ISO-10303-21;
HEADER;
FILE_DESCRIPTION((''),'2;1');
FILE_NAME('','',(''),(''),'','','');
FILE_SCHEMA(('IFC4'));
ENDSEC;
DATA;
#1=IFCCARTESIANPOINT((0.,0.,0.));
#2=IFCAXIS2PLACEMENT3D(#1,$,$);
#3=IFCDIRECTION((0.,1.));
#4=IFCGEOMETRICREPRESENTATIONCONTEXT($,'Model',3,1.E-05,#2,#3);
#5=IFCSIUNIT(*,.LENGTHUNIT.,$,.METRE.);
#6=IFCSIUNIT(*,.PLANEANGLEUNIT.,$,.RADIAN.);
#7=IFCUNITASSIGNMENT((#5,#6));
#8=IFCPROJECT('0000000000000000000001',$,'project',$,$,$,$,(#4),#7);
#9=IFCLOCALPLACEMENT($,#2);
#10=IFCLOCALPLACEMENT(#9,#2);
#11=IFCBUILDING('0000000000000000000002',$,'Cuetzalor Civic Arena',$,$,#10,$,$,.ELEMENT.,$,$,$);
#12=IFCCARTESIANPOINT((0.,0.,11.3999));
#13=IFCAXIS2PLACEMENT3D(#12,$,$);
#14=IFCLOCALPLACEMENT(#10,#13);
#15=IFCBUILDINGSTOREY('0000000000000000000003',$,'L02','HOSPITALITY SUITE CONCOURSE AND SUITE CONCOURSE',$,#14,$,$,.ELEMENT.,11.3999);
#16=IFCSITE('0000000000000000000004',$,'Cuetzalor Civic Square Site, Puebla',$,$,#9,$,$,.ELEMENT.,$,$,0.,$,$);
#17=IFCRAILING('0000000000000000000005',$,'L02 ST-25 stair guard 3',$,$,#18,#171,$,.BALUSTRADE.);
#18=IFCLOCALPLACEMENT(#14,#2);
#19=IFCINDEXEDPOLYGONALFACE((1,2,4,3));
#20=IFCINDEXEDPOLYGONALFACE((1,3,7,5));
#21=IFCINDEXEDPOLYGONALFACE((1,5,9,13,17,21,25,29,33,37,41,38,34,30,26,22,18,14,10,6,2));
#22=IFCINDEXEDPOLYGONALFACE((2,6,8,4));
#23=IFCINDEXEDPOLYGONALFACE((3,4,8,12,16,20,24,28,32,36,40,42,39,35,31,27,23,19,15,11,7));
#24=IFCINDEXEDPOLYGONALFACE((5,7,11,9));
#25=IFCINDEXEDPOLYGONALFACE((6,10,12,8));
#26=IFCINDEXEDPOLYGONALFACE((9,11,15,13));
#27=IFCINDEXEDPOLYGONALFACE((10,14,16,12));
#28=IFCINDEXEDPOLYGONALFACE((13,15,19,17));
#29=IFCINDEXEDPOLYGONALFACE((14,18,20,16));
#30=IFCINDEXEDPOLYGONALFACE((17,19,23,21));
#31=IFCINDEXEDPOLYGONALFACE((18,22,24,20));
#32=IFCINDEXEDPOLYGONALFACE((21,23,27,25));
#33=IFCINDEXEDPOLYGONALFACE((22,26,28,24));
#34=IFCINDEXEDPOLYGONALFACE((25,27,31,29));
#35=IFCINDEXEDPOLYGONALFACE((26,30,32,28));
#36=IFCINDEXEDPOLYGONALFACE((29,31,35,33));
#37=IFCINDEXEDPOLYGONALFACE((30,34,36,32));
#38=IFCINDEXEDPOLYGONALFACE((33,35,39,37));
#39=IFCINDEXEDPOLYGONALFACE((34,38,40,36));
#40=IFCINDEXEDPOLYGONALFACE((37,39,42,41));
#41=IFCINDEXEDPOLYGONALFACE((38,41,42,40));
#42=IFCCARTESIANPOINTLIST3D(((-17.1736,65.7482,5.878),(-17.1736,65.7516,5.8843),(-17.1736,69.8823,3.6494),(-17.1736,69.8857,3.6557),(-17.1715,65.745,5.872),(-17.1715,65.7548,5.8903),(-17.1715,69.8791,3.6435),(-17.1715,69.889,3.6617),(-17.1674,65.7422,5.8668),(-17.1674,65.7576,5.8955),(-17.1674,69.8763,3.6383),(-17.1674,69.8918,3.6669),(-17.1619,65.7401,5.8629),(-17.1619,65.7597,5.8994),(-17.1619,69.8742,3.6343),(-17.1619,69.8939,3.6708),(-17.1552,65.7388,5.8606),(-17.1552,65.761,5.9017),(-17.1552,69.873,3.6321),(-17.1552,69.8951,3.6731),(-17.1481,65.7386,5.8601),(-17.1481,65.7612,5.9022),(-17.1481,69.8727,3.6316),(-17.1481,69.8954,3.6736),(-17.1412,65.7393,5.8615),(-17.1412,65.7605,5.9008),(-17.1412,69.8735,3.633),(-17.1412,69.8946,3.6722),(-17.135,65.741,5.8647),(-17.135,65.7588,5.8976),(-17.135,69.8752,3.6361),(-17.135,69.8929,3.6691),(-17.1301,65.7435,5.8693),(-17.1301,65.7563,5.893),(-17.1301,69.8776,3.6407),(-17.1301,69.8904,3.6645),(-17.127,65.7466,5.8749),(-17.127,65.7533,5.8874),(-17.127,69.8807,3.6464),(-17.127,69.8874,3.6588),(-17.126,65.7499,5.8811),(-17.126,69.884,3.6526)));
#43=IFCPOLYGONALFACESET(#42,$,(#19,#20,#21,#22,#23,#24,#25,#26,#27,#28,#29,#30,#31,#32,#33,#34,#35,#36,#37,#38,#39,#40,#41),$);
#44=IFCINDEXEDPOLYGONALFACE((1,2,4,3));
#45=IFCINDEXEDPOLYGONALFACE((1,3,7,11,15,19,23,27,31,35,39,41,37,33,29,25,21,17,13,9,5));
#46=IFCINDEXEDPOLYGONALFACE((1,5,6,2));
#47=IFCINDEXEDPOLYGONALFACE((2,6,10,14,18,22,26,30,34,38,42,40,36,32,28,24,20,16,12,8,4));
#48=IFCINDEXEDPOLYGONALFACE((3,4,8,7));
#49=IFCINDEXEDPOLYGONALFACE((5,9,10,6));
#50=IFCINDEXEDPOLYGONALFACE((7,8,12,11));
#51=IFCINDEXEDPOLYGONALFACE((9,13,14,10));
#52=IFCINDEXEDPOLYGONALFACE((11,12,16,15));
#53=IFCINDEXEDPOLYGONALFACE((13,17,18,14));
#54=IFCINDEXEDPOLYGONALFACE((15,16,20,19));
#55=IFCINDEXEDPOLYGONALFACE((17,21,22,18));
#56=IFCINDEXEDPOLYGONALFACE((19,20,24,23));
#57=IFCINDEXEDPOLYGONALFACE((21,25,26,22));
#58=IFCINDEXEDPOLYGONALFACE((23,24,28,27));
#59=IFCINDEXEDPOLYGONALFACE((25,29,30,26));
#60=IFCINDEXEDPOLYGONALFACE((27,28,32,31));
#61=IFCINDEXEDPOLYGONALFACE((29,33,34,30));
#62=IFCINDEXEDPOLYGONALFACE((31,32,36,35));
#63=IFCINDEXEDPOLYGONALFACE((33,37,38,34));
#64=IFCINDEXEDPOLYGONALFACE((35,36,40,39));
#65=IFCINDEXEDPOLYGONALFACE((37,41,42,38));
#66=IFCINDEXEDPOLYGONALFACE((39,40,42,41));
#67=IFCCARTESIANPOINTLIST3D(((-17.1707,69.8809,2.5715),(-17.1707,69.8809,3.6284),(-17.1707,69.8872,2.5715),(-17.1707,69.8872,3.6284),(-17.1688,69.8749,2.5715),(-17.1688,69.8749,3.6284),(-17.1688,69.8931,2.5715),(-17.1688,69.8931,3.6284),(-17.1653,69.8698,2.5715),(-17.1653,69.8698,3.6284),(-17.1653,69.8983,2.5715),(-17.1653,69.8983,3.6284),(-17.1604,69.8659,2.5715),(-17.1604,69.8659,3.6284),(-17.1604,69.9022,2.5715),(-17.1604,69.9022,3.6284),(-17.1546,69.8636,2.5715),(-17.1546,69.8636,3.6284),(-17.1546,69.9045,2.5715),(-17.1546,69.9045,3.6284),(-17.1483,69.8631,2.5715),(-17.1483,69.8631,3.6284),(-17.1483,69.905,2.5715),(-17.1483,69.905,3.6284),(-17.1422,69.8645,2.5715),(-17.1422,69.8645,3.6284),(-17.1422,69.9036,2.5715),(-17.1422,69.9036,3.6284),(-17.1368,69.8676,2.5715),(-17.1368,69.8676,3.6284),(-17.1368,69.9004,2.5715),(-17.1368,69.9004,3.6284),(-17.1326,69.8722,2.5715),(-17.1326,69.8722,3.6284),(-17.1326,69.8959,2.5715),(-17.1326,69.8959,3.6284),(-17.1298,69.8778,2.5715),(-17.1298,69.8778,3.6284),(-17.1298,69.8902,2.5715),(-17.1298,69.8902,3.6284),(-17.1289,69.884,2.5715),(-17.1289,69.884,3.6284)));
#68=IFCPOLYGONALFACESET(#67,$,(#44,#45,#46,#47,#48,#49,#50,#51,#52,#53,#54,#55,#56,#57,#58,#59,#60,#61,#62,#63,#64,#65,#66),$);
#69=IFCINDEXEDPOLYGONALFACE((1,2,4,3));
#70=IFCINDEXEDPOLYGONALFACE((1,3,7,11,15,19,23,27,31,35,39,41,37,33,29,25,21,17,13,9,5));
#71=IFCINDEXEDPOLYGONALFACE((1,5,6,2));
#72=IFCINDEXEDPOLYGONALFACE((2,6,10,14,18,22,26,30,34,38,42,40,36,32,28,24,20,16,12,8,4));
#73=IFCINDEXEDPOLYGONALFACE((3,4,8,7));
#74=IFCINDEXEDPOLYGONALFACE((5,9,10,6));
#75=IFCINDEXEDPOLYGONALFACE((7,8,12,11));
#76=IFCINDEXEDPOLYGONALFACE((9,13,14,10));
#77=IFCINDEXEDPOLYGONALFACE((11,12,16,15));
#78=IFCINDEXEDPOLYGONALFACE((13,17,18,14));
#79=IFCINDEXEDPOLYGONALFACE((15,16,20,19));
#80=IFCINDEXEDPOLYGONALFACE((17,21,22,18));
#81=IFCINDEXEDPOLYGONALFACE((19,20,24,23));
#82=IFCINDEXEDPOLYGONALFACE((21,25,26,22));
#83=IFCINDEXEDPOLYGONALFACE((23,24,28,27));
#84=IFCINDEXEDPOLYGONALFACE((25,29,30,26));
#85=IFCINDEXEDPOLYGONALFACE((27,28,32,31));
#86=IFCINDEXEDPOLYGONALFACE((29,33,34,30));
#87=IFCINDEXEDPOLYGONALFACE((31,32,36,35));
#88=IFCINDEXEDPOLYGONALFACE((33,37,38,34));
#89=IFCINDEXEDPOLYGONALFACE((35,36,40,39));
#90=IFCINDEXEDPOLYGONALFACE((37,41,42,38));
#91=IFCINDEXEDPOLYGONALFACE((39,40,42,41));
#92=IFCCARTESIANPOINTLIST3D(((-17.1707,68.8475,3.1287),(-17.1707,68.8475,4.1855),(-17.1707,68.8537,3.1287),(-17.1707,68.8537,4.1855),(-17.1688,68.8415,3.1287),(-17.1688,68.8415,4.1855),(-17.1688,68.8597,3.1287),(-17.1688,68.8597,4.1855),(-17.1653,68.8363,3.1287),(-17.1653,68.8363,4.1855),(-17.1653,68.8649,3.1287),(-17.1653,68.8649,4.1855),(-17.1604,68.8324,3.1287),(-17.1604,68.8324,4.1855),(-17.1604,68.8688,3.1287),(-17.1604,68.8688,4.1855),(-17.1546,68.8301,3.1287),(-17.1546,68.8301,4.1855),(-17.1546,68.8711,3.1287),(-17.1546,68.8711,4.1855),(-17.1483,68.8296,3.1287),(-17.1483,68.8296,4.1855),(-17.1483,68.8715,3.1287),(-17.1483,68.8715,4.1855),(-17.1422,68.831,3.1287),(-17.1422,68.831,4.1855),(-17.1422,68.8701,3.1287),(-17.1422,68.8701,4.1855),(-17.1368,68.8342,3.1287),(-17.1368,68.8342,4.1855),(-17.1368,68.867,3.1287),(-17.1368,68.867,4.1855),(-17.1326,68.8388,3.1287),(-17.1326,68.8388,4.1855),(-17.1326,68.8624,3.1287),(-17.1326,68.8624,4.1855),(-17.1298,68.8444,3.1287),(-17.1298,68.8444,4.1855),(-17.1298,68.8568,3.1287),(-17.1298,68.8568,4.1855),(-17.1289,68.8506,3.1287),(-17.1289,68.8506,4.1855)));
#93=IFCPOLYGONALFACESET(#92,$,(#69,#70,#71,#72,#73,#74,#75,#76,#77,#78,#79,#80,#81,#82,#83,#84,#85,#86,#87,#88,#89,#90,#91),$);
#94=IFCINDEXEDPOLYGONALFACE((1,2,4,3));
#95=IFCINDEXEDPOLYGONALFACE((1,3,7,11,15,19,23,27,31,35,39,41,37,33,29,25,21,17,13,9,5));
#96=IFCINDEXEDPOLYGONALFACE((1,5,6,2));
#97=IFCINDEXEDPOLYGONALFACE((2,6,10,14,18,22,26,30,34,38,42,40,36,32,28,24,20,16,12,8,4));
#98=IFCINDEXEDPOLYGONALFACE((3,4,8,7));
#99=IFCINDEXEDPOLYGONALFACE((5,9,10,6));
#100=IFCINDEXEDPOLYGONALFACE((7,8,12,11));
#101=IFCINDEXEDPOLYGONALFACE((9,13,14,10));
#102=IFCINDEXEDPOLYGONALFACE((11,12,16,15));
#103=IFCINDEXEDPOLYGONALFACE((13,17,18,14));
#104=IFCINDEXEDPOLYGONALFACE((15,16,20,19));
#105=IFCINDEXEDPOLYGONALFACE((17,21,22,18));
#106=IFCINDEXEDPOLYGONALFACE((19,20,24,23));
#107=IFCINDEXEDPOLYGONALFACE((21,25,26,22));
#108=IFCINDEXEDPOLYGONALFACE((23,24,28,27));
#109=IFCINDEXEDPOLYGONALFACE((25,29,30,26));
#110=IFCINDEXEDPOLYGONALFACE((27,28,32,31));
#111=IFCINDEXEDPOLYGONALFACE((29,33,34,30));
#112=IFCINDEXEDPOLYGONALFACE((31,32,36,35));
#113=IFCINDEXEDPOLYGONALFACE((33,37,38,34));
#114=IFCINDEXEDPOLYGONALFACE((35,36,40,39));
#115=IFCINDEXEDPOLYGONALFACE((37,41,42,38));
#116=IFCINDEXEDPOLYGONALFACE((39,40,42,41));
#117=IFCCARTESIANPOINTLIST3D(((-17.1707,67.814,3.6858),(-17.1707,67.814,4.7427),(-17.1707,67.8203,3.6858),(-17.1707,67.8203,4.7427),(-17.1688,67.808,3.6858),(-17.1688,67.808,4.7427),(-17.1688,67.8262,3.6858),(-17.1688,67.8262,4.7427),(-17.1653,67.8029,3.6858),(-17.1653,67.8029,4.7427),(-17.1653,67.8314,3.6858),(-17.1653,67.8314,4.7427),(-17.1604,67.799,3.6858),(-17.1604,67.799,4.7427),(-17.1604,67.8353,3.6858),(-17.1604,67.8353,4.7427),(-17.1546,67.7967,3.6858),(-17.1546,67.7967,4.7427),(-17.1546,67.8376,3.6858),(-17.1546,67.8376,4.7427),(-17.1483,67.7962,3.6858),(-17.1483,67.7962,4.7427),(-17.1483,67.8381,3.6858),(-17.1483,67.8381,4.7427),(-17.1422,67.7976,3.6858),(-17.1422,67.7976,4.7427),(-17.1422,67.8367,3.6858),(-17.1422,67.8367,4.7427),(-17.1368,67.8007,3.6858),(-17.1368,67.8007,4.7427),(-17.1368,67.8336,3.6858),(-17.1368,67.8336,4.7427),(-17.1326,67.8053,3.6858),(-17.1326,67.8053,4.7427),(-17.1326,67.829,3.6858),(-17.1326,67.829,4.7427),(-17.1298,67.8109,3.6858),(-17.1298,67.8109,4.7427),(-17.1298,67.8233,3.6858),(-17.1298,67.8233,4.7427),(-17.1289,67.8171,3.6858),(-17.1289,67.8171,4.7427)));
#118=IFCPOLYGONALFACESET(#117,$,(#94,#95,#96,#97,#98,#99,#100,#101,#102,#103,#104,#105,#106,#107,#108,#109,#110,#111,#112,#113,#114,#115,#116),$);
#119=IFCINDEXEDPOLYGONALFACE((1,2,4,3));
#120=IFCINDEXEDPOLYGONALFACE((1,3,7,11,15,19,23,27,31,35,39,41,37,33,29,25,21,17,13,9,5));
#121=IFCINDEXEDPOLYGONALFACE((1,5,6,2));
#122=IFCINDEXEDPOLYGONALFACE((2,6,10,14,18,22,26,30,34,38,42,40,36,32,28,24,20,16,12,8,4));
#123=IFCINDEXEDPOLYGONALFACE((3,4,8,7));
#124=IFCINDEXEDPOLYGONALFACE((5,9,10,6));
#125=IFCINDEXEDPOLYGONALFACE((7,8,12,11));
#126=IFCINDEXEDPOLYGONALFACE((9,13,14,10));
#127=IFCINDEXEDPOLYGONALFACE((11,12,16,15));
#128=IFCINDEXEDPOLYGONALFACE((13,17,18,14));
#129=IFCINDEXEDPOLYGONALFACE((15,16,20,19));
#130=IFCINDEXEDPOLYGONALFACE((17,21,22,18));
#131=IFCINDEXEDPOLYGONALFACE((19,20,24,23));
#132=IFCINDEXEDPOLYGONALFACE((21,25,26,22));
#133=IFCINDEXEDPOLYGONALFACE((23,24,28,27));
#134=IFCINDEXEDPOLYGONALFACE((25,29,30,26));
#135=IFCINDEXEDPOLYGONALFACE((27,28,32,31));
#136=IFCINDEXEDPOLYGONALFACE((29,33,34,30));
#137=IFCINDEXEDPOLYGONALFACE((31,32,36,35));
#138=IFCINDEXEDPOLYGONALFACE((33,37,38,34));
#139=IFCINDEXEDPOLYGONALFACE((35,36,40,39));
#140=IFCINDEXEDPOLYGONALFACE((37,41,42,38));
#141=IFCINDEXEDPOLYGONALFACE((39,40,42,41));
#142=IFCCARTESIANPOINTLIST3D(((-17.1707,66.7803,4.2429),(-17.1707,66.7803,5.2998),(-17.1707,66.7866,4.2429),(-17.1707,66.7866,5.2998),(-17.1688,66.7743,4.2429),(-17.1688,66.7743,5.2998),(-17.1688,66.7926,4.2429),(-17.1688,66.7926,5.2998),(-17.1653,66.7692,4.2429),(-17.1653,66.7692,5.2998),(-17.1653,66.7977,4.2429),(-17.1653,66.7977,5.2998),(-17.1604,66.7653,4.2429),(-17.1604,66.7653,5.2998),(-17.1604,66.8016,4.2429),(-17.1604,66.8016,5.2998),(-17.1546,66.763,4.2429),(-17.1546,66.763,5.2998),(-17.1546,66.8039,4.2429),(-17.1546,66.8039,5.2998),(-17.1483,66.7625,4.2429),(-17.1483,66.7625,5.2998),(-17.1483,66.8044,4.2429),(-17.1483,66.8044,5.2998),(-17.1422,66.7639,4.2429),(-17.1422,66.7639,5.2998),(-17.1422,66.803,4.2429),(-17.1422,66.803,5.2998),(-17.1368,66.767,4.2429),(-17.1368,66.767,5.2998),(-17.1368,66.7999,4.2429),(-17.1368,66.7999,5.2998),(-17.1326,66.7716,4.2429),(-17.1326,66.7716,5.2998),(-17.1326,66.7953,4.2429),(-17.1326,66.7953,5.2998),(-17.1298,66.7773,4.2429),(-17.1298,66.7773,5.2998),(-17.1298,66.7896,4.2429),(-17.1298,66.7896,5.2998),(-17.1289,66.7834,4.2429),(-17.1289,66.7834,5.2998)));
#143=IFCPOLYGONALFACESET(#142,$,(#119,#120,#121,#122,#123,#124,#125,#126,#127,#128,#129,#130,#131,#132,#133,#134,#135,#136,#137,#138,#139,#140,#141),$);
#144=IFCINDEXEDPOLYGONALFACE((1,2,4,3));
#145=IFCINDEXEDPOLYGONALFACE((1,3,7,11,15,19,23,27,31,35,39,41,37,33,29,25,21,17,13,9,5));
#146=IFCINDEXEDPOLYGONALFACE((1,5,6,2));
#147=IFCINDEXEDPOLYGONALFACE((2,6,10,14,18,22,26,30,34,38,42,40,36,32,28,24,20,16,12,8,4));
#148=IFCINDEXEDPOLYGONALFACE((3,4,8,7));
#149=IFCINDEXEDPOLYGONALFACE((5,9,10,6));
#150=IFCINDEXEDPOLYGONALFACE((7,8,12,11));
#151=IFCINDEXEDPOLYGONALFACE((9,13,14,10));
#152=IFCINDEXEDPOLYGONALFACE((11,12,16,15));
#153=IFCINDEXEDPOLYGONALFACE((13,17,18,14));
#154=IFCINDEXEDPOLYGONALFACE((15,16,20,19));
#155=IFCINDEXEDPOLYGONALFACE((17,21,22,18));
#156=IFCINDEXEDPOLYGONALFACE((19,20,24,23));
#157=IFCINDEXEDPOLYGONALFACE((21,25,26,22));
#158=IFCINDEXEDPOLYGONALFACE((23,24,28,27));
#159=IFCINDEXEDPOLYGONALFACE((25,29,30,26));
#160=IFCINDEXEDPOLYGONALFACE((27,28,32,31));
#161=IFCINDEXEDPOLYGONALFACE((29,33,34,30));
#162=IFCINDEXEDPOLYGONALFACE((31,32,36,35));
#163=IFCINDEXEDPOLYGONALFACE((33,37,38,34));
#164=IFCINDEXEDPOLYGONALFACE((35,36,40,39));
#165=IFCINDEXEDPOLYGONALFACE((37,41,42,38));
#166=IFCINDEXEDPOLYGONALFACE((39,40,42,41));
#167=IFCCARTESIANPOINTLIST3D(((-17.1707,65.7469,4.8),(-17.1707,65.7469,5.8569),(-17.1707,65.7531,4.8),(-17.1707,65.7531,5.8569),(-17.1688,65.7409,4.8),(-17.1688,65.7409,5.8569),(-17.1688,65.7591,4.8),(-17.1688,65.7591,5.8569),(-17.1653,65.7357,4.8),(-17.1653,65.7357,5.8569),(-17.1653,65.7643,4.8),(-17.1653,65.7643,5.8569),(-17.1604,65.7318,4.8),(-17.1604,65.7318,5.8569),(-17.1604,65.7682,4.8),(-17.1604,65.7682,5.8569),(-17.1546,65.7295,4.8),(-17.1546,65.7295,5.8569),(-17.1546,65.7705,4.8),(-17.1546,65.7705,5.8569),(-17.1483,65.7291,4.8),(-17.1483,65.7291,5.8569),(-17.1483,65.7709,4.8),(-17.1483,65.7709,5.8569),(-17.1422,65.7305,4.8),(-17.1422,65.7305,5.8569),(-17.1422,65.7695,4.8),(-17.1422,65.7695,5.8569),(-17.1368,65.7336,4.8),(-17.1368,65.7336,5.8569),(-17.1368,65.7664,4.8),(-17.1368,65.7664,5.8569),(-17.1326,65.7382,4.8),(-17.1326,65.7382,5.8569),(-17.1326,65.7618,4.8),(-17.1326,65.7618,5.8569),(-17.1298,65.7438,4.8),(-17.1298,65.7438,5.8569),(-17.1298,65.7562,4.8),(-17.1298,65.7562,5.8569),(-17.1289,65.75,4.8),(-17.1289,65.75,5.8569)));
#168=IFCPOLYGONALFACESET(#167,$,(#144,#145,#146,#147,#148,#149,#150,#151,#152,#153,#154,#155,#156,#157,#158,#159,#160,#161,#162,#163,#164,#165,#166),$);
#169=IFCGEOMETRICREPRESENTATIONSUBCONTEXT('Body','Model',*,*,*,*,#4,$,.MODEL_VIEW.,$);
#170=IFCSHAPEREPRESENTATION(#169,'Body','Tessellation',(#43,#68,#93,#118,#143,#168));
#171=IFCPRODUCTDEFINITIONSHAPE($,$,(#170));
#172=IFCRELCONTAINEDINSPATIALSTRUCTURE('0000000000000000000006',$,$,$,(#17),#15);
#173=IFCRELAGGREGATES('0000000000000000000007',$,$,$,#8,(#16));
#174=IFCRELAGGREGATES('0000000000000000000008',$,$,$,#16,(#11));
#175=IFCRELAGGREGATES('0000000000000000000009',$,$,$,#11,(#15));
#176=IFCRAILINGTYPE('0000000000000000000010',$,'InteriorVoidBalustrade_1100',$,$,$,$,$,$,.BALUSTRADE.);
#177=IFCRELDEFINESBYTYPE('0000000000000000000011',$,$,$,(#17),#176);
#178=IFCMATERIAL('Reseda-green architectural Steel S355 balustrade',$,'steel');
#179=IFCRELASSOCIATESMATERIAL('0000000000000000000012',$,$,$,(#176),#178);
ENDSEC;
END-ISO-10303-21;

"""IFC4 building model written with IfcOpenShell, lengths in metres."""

from ifc_helpers import new_model, si_unit, direction, frame, origin, origin_2d, place, context, subcontext, project, spatial, circle, extrude, material, type_object, element, save


model = new_model("IFC4")

# Units and contexts
model_context = context("Model", 3, precision=1e-05, world=origin(), true_north=direction((0.0, 1.0)))
body_context = subcontext(model_context, "Body", "Model", "MODEL_VIEW")
ifc_project = project(units=[si_unit("LENGTHUNIT", "METRE"), si_unit("PLANEANGLEUNIT", "RADIAN")], contexts=[model_context])

# Site, building, storey
site_placement = place(None, origin())
site = spatial("IfcSite", under=ifc_project, at=site_placement, Name="Cuetzalor Civic Square Site, Puebla", CompositionType="ELEMENT", RefElevation=0.0)
building_placement = place(site_placement, origin())
building = spatial("IfcBuilding", under=site, at=building_placement, Name="Cuetzalor Civic Arena", CompositionType="ELEMENT")
storey_placement = place(building_placement, frame((0.0, 0.0, 11.3999)))
storey = spatial("IfcBuildingStorey", under=building, at=storey_placement, Name="L02", Description="HOSPITALITY SUITE CONCOURSE AND SUITE CONCOURSE", CompositionType="ELEMENT", Elevation=11.3999)

# Railing
ifc_material_1 = material(Name="Reseda-green architectural Steel S355 balustrade", Category="steel")
railing_type_1 = type_object("IfcRailingType", Name="InteriorVoidBalustrade_1100", PredefinedType="BALUSTRADE", material=ifc_material_1)
railing_1_placement = place(storey_placement, frame((-17.1499, 69.884, 2.5715)))
element("IfcRailing", 1, at=railing_1_placement, inside=storey, type_object=railing_type_1, Name="L02 ST-25 stair guard 3", PredefinedType="BALUSTRADE", context=body_context, shape_type="SweptSolid", body=[
    extrude(circle(Radius=0.0239, at=origin_2d()), frame((0.0, 0.0, 1.0811), z_axis=(0.0, -0.880249, 0.474512), x_axis=(1.0, 0.0, 0.0)), (0.0, 0.0, 1.0), 4.6965),
    extrude(circle(Radius=0.021, at=origin_2d()), origin(), (0.0, 0.0, 1.0), 1.0569),
    extrude(circle(Radius=0.021, at=origin_2d()), frame((0.0, -1.0334, 0.5571)), (0.0, 0.0, 1.0), 1.0569),
    extrude(circle(Radius=0.021, at=origin_2d()), frame((0.0, -2.0669, 1.1143)), (0.0, 0.0, 1.0), 1.0569),
    extrude(circle(Radius=0.021, at=origin_2d()), frame((0.0, -3.1006, 1.6714)), (0.0, 0.0, 1.0), 1.0569),
    extrude(circle(Radius=0.021, at=origin_2d()), frame((0.0, -4.134, 2.2285)), (0.0, 0.0, 1.0), 1.0569),
])

save(model, "model.ifc")
